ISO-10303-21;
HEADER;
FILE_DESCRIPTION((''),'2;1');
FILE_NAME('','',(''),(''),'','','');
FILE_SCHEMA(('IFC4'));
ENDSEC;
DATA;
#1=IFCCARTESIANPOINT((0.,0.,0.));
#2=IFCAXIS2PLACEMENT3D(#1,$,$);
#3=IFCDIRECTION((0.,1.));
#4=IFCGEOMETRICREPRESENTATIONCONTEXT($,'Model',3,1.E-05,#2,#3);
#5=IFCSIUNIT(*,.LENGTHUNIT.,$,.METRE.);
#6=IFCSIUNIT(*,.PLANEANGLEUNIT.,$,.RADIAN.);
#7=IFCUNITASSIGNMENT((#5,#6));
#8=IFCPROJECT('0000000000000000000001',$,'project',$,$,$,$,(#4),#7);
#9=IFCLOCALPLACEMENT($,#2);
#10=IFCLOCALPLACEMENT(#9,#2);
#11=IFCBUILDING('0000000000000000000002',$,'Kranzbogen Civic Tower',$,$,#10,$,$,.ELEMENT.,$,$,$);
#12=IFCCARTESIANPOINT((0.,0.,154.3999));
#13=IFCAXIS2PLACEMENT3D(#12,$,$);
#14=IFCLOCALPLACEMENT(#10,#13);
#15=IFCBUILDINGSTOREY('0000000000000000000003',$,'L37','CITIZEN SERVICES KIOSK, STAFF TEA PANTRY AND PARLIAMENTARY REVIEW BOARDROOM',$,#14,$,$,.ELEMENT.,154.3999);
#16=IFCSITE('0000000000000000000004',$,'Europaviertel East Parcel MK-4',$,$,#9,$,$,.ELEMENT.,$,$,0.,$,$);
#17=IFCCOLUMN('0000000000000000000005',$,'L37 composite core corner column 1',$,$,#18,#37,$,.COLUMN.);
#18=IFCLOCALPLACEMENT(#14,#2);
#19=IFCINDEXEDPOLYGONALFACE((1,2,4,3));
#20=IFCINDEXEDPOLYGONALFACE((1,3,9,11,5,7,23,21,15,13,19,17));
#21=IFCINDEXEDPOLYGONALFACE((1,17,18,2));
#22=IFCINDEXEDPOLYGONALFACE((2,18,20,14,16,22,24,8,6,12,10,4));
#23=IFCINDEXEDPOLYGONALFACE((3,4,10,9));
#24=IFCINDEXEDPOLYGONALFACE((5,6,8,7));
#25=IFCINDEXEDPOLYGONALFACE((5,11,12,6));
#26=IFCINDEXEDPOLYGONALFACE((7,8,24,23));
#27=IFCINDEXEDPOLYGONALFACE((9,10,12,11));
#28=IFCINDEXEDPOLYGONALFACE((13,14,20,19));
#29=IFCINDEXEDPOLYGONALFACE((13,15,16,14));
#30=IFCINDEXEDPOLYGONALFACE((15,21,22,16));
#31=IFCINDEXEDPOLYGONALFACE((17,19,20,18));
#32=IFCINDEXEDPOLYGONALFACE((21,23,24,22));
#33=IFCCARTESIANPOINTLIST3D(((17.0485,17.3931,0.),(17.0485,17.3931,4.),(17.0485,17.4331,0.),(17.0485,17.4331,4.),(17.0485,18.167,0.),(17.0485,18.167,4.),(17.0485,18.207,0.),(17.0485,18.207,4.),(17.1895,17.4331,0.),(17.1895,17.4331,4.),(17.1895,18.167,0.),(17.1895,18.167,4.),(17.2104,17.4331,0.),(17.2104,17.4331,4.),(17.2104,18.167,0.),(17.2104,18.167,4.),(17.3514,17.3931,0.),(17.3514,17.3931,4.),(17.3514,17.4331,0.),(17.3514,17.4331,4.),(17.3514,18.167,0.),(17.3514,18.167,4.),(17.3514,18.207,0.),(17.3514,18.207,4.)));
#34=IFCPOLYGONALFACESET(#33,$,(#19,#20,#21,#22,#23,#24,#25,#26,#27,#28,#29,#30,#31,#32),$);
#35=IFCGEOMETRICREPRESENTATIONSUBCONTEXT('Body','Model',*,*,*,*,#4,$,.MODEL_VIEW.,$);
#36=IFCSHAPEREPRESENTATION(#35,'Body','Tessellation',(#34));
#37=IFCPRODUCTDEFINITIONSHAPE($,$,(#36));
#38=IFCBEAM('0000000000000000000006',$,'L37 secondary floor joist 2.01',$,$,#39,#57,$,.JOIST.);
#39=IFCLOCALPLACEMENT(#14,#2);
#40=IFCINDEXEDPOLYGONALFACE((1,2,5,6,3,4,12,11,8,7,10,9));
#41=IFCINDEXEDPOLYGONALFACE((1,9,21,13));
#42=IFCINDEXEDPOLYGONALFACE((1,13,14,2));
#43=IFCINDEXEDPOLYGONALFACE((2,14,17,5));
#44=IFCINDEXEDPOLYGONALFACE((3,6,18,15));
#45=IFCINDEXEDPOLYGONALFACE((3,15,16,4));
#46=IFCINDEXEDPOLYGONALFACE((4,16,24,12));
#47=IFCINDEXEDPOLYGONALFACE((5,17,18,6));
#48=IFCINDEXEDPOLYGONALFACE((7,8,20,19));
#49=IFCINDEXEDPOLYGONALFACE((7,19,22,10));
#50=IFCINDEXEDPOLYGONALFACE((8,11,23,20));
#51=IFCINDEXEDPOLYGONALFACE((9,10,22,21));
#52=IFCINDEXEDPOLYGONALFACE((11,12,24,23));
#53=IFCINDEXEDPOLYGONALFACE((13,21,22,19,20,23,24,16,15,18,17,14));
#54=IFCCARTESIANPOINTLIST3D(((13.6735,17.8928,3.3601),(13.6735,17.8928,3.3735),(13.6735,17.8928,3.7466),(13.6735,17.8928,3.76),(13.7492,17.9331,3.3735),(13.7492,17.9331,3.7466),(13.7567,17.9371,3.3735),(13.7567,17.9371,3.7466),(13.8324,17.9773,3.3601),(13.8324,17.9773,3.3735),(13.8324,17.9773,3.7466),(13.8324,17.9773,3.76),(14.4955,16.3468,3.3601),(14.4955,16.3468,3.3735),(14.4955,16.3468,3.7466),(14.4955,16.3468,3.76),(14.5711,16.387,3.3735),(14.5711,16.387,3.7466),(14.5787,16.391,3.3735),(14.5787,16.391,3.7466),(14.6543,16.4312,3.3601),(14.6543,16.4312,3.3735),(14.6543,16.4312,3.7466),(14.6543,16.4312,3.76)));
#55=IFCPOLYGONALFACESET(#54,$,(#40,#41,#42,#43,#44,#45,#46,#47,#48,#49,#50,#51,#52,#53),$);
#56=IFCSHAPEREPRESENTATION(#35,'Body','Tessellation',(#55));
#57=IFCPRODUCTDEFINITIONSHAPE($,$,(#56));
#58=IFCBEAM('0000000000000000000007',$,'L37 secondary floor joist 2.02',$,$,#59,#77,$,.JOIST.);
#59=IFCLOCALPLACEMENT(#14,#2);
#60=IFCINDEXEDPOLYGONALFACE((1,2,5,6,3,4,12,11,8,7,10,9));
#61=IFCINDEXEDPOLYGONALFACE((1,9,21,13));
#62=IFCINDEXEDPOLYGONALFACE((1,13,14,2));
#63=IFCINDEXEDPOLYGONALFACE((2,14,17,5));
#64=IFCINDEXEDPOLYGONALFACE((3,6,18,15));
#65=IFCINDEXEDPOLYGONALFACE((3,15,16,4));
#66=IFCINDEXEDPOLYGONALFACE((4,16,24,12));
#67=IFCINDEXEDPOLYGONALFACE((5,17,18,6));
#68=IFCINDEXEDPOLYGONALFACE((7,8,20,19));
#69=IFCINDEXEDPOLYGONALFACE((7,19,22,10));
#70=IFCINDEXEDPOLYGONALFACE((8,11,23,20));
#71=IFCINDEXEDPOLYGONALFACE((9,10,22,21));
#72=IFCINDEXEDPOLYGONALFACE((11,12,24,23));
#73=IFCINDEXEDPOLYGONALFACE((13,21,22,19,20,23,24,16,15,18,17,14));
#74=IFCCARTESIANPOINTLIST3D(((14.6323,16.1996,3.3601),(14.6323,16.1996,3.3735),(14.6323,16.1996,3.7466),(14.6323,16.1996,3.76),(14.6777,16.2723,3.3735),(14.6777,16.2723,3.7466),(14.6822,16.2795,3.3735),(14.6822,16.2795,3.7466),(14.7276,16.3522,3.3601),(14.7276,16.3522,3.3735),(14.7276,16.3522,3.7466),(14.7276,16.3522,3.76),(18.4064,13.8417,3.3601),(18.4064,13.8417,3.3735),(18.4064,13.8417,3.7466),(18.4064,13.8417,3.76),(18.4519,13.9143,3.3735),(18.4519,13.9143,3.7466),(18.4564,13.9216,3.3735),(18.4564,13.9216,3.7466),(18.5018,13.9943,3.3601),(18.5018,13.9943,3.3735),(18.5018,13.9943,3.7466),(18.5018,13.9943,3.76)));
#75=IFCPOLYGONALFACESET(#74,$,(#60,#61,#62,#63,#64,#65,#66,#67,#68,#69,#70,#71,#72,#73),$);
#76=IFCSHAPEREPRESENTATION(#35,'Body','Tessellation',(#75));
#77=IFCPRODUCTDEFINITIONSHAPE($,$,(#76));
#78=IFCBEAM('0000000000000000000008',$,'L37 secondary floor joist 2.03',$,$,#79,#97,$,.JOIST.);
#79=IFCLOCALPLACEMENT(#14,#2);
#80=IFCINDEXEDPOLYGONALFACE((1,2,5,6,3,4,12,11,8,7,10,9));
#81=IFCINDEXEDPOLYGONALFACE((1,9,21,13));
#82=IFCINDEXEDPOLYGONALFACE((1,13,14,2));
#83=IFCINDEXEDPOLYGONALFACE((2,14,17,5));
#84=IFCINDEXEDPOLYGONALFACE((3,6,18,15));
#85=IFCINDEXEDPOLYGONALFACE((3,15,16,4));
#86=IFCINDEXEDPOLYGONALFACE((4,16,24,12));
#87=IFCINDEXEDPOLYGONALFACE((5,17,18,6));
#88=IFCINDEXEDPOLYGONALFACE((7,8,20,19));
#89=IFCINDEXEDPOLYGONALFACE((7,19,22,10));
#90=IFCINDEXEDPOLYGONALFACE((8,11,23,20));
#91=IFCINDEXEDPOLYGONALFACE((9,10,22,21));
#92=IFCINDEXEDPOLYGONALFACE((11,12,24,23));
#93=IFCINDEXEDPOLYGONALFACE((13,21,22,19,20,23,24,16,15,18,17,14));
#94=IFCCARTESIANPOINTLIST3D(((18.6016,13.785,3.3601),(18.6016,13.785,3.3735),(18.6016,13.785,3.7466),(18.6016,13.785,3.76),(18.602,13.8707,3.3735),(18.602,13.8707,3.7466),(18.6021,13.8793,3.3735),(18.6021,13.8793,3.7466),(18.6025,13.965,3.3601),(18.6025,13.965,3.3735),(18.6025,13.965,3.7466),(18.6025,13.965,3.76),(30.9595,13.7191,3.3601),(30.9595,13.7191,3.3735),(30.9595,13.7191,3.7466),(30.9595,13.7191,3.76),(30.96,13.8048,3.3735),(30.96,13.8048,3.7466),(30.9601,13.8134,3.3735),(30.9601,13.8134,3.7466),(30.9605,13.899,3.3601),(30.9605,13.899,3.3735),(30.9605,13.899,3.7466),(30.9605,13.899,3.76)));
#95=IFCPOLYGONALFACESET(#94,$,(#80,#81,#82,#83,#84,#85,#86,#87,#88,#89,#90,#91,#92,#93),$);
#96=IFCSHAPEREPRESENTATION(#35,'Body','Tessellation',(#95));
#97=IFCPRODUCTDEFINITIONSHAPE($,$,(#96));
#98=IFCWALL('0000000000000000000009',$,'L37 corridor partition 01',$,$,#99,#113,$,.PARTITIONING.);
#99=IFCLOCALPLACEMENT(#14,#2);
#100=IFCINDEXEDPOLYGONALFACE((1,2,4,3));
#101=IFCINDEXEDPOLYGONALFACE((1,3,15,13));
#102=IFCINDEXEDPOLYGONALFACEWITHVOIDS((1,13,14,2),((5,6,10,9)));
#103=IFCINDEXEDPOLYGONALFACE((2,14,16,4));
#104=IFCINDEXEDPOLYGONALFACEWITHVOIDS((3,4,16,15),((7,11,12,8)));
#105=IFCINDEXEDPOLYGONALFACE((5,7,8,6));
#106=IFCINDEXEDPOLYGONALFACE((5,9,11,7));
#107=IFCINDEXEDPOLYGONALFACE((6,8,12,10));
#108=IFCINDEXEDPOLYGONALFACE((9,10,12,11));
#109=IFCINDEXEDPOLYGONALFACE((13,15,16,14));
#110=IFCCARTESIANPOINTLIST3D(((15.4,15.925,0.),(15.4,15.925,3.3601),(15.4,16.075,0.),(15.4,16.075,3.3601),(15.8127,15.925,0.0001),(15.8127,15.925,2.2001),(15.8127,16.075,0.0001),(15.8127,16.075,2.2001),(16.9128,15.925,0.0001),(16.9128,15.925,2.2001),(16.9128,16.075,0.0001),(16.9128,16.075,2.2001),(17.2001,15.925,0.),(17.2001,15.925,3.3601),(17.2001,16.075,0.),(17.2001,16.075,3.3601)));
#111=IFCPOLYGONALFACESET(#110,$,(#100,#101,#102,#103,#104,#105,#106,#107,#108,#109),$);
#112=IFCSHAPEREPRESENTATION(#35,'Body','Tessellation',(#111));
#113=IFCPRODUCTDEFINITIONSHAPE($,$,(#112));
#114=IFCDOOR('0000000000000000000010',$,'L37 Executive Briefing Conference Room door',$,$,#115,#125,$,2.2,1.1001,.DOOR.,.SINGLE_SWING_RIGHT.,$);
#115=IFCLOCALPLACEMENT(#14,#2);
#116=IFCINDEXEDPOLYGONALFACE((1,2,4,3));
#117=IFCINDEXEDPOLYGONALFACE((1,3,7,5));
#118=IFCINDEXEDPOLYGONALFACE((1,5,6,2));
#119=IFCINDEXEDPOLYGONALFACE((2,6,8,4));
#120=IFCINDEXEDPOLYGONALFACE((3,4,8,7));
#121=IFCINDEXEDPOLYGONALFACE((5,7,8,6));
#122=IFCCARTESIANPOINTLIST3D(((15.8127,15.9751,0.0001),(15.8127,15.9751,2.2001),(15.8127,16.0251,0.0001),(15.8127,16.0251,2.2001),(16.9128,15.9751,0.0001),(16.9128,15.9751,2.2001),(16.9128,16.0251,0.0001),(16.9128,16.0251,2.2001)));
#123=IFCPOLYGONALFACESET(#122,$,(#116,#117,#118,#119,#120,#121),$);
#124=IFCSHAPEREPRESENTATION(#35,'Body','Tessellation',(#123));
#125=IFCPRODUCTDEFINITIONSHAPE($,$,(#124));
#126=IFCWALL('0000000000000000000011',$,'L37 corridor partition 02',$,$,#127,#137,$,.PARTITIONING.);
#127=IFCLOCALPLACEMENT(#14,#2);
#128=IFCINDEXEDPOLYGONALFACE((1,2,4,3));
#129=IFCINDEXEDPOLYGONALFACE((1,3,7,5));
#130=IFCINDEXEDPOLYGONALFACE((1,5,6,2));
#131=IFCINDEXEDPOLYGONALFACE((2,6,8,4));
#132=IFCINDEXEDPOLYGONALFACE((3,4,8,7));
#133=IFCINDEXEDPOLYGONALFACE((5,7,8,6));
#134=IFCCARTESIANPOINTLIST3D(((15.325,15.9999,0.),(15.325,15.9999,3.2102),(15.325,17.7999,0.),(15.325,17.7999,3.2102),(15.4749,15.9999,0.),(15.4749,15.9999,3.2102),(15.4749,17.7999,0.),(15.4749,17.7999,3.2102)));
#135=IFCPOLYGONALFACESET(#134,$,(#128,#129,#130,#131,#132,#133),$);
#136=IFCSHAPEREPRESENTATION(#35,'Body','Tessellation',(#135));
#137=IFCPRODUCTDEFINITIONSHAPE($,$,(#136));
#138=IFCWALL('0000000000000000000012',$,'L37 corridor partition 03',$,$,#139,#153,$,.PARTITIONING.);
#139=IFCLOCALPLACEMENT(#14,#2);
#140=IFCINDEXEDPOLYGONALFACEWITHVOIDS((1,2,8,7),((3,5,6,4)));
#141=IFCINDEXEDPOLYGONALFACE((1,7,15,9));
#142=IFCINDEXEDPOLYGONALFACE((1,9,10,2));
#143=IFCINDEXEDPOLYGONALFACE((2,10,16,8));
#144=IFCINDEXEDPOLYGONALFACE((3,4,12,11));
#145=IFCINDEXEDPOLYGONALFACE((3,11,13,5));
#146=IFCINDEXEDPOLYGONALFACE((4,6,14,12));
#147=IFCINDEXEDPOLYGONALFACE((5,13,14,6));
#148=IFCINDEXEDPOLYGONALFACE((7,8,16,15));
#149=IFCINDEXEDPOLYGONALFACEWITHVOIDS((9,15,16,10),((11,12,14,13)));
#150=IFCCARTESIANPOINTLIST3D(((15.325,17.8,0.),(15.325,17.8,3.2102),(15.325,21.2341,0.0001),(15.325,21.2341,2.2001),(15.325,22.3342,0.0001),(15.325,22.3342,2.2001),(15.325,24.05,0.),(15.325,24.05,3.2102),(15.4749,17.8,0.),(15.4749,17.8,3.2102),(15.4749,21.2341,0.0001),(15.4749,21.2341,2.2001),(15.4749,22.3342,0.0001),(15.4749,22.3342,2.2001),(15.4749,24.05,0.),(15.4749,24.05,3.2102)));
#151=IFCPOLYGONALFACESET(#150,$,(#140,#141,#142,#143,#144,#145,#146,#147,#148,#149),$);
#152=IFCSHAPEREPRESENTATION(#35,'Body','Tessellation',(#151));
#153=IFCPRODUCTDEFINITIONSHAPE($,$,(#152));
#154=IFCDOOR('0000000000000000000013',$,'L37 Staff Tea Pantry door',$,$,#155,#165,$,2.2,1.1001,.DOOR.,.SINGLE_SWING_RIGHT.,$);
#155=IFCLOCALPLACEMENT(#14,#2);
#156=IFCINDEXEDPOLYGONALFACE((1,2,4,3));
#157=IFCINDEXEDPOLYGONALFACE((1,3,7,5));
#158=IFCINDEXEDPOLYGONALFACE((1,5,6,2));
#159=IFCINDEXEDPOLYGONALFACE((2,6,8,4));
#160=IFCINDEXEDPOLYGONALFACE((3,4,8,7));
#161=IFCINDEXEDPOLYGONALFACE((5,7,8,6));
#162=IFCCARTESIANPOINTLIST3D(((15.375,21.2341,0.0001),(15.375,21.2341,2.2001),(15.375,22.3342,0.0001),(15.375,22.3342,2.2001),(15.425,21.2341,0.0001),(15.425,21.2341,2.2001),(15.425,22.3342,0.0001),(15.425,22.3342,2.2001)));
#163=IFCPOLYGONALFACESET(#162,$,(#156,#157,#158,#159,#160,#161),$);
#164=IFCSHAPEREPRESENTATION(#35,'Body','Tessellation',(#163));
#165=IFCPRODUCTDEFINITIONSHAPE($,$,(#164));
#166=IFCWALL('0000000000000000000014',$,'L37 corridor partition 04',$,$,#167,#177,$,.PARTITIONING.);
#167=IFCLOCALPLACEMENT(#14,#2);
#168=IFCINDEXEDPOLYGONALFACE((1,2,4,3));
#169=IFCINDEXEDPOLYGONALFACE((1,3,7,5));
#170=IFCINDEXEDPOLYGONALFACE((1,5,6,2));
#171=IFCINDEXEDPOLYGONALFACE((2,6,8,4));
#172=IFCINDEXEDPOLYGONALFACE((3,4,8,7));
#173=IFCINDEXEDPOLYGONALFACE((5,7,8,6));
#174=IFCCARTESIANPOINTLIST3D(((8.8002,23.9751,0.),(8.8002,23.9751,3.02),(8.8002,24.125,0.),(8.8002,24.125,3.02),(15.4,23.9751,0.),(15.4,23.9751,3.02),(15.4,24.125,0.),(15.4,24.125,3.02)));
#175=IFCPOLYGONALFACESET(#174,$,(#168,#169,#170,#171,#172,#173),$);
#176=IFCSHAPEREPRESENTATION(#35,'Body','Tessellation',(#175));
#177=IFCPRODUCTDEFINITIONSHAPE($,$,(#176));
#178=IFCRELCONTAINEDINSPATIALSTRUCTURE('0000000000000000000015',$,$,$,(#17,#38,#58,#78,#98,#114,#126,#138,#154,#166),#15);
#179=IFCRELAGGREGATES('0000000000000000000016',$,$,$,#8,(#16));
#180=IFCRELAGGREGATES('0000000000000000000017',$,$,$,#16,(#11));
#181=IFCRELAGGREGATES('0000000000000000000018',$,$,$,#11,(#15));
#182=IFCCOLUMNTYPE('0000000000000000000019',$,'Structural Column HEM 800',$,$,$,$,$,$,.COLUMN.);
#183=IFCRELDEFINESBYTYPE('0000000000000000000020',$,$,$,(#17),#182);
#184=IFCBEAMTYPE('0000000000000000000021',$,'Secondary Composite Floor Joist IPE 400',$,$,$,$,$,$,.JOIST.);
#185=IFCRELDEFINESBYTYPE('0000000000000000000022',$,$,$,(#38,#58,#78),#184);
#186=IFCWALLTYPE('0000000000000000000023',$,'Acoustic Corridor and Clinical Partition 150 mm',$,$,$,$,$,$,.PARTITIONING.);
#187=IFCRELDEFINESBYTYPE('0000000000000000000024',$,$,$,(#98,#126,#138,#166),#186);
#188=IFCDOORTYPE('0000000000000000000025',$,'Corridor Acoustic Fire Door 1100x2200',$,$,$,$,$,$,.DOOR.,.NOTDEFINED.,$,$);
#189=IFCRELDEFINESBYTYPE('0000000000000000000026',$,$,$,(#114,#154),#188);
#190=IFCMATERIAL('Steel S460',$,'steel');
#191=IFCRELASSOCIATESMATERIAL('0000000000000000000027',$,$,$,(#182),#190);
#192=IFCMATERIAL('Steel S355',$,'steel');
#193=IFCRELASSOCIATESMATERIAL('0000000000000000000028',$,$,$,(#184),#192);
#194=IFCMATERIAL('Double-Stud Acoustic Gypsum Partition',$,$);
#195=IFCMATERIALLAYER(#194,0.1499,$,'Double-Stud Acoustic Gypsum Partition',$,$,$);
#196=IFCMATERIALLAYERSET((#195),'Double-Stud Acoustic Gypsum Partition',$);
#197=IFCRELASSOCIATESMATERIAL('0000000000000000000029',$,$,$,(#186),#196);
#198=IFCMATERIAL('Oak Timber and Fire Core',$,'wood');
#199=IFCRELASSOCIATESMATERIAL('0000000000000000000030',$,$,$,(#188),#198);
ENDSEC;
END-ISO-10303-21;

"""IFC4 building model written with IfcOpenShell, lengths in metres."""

from ifc_helpers import new_model, si_unit, direction, frame, frame_2d, origin, origin_2d, place, context, subcontext, project, spatial, rectangle, i_section, extrude, material, layer, layer_set, material_profile, profile_set, type_object, element, fill, save


model = new_model("IFC4")

# Units and contexts
model_context = context("Model", 3, precision=1e-05, world=origin(), true_north=direction((0.0, 1.0)))
body_context = subcontext(model_context, "Body", "Model", "MODEL_VIEW")
ifc_project = project(units=[si_unit("LENGTHUNIT", "METRE"), si_unit("PLANEANGLEUNIT", "RADIAN")], contexts=[model_context])

# Site, building, storey
site_placement = place(None, origin())
site = spatial("IfcSite", under=ifc_project, at=site_placement, Name="Europaviertel East Parcel MK-4", CompositionType="ELEMENT", RefElevation=0.0)
building_placement = place(site_placement, origin())
building = spatial("IfcBuilding", under=site, at=building_placement, Name="Kranzbogen Civic Tower", CompositionType="ELEMENT")
storey_placement = place(building_placement, frame((0.0, 0.0, 154.3999)))
storey = spatial("IfcBuildingStorey", under=building, at=storey_placement, Name="L37", Description="CITIZEN SERVICES KIOSK, STAFF TEA PANTRY AND PARLIAMENTARY REVIEW BOARDROOM", CompositionType="ELEMENT", Elevation=154.3999)

# Column
ifc_material_1 = material(Name="Steel S460", Category="steel")
ifc_material_profile_1 = material_profile(ifc_material_1, i_section(OverallWidth=0.303, OverallDepth=0.814, WebThickness=0.021, FlangeThickness=0.04, at=origin_2d()), Name="HEM 800")
ifc_profile_set_1 = profile_set([ifc_material_profile_1], Name="Steel S460")
column_type = type_object("IfcColumnType", Name="Structural Column HEM 800", PredefinedType="COLUMN", material=ifc_profile_set_1)
column_placement = place(storey_placement, frame((17.2, 17.8, 0.0), z_axis=(0.0, 0.0, 1.0), x_axis=(1.0, 0.0, 0.0)))
element("IfcColumn", 1, at=column_placement, inside=storey, type_object=column_type, Name="L37 composite core corner column 1", PredefinedType="COLUMN", context=body_context, shape_type="SweptSolid", body=[
    extrude(i_section(OverallWidth=0.303, OverallDepth=0.814, WebThickness=0.021, FlangeThickness=0.04, at=origin_2d()), origin(), (0.0, 0.0, 1.0), 4.0),
])

# Beams
ifc_material_2 = material(Name="Steel S355", Category="steel")
ifc_material_profile_2 = material_profile(ifc_material_2, i_section(OverallWidth=0.1799, OverallDepth=0.3999, WebThickness=0.0085, FlangeThickness=0.0134, at=origin_2d()), Name="IPE 400")
ifc_profile_set_2 = profile_set([ifc_material_profile_2], Name="Steel S355")
beam_type = type_object("IfcBeamType", Name="Secondary Composite Floor Joist IPE 400", PredefinedType="JOIST", material=ifc_profile_set_2)
beam_1_placement = place(storey_placement, frame((13.7529, 17.9351, 3.5601), z_axis=(0.469437, -0.882966, 0.0), x_axis=(0.882966, 0.469437, 0.0)))
element("IfcBeam", 2, at=beam_1_placement, inside=storey, type_object=beam_type, Name="L37 secondary floor joist 2.01", PredefinedType="JOIST", context=body_context, shape_type="SweptSolid", body=[
    extrude(i_section(OverallWidth=0.1799, OverallDepth=0.3999, WebThickness=0.0085, FlangeThickness=0.0134, at=origin_2d()), origin(), (0.0, 0.0, 1.0), 1.751),
])
beam_2_placement = place(storey_placement, frame((14.6799, 16.2759, 3.5601), z_axis=(0.848094, -0.529846, 0.0), x_axis=(0.529846, 0.848094, 0.0)))
element("IfcBeam", 3, at=beam_2_placement, inside=storey, type_object=beam_type, Name="L37 secondary floor joist 2.02", PredefinedType="JOIST", context=body_context, shape_type="SweptSolid", body=[
    extrude(i_section(OverallWidth=0.1799, OverallDepth=0.3999, WebThickness=0.0085, FlangeThickness=0.0134, at=origin_2d()), origin(), (0.0, 0.0, 1.0), 4.4502),
])
beam_3_placement = place(storey_placement, frame((18.6021, 13.875, 3.5601), z_axis=(0.999986, -0.005334, 0.0), x_axis=(0.005334, 0.999986, 0.0)))
element("IfcBeam", 4, at=beam_3_placement, inside=storey, type_object=beam_type, Name="L37 secondary floor joist 2.03", PredefinedType="JOIST", context=body_context, shape_type="SweptSolid", body=[
    extrude(i_section(OverallWidth=0.1799, OverallDepth=0.3999, WebThickness=0.0085, FlangeThickness=0.0134, at=origin_2d()), origin(), (0.0, 0.0, 1.0), 12.3582),
])

# Wall, opening, door
ifc_material_3 = material(Name="Double-Stud Acoustic Gypsum Partition")
ifc_layer_1 = layer(ifc_material_3, 0.1499, Name="Double-Stud Acoustic Gypsum Partition")
ifc_layer_set_1 = layer_set([ifc_layer_1], Name="Double-Stud Acoustic Gypsum Partition")
wall_type_1 = type_object("IfcWallType", Name="Acoustic Corridor and Clinical Partition 150 mm", PredefinedType="PARTITIONING", material=ifc_layer_set_1)
wall_1_placement = place(storey_placement, frame((17.2, 16.0, 0.0), z_axis=(0.0, 0.0, 1.0), x_axis=(-1.0, 0.0, 0.0)))
wall_1 = element("IfcWall", 5, at=wall_1_placement, inside=storey, type_object=wall_type_1, Name="L37 corridor partition 01", PredefinedType="PARTITIONING", context=body_context, shape_type="SweptSolid", body=[
    extrude(rectangle(XDim=1.8, YDim=0.1499, at=frame_2d((0.8999, 0.0))), origin(), (0.0, 0.0, 1.0), 3.3601),
])
opening_1_placement = place(wall_1_placement, frame((0.2871, 0.0, 0.0)))
opening_1 = element("IfcOpeningElement", 6, at=opening_1_placement, cuts=wall_1, PredefinedType="OPENING", context=body_context, shape_type="SweptSolid", body=[
    extrude(rectangle(XDim=1.1001, YDim=2.2, at=frame_2d((0.55, 1.1001))), frame((0.0, 0.085, 0.0), z_axis=(0.0, -1.0, 0.0), x_axis=(1.0, 0.0, 0.0)), (0.0, 0.0, 1.0), 0.1699),
])
ifc_material_4 = material(Name="Oak Timber and Fire Core", Category="wood")
door_type_1 = type_object("IfcDoorType", Name="Corridor Acoustic Fire Door 1100x2200", OperationType="NOTDEFINED", PredefinedType="DOOR", material=ifc_material_4)
door_1_placement = place(opening_1_placement, origin())
door_1 = element("IfcDoor", 7, at=door_1_placement, inside=storey, type_object=door_type_1, Name="L37 Executive Briefing Conference Room door", OperationType="SINGLE_SWING_RIGHT", OverallHeight=2.2, OverallWidth=1.1001, PredefinedType="DOOR", context=body_context, shape_type="SweptSolid", body=[
    extrude(rectangle(XDim=1.1001, YDim=2.2, at=frame_2d((0.55, 1.1001))), frame((0.0, 0.0249, 0.0), z_axis=(0.0, -1.0, 0.0), x_axis=(1.0, 0.0, 0.0)), (0.0, 0.0, 1.0), 0.05),
])
fill(opening_1, door_1)

# Wall
wall_2_placement = place(storey_placement, frame((15.3999, 16.0, 0.0), z_axis=(0.0, 0.0, 1.0), x_axis=(0.0, 1.0, 0.0)))
element("IfcWall", 8, at=wall_2_placement, inside=storey, type_object=wall_type_1, Name="L37 corridor partition 02", PredefinedType="PARTITIONING", context=body_context, shape_type="SweptSolid", body=[
    extrude(rectangle(XDim=1.8, YDim=0.1499, at=frame_2d((0.8999, 0.0))), origin(), (0.0, 0.0, 1.0), 3.2102),
])

# Wall, opening, door
wall_3_placement = place(storey_placement, frame((15.3999, 17.8, 0.0), z_axis=(0.0, 0.0, 1.0), x_axis=(0.0, 1.0, 0.0)))
wall_3 = element("IfcWall", 9, at=wall_3_placement, inside=storey, type_object=wall_type_1, Name="L37 corridor partition 03", PredefinedType="PARTITIONING", context=body_context, shape_type="SweptSolid", body=[
    extrude(rectangle(XDim=6.25, YDim=0.1499, at=frame_2d((3.125, 0.0))), origin(), (0.0, 0.0, 1.0), 3.2102),
])
opening_2_placement = place(wall_3_placement, frame((3.4341, 0.0, 0.0)))
opening_2 = element("IfcOpeningElement", 10, at=opening_2_placement, cuts=wall_3, PredefinedType="OPENING", context=body_context, shape_type="SweptSolid", body=[
    extrude(rectangle(XDim=1.1001, YDim=2.2, at=frame_2d((0.55, 1.1001))), frame((0.0, 0.085, 0.0), z_axis=(0.0, -1.0, 0.0), x_axis=(1.0, 0.0, 0.0)), (0.0, 0.0, 1.0), 0.1699),
])
door_2_placement = place(opening_2_placement, origin())
door_2 = element("IfcDoor", 11, at=door_2_placement, inside=storey, type_object=door_type_1, Name="L37 Staff Tea Pantry door", OperationType="SINGLE_SWING_RIGHT", OverallHeight=2.2, OverallWidth=1.1001, PredefinedType="DOOR", context=body_context, shape_type="SweptSolid", body=[
    extrude(rectangle(XDim=1.1001, YDim=2.2, at=frame_2d((0.55, 1.1001))), frame((0.0, 0.0249, 0.0), z_axis=(0.0, -1.0, 0.0), x_axis=(1.0, 0.0, 0.0)), (0.0, 0.0, 1.0), 0.05),
])
fill(opening_2, door_2)

# Wall
wall_4_placement = place(storey_placement, frame((15.3999, 24.05, 0.0), z_axis=(0.0, 0.0, 1.0), x_axis=(-1.0, 0.0, 0.0)))
element("IfcWall", 12, at=wall_4_placement, inside=storey, type_object=wall_type_1, Name="L37 corridor partition 04", PredefinedType="PARTITIONING", context=body_context, shape_type="SweptSolid", body=[
    extrude(rectangle(XDim=6.5999, YDim=0.1499, at=frame_2d((3.2998, 0.0))), origin(), (0.0, 0.0, 1.0), 3.02),
])

save(model, "model.ifc")
